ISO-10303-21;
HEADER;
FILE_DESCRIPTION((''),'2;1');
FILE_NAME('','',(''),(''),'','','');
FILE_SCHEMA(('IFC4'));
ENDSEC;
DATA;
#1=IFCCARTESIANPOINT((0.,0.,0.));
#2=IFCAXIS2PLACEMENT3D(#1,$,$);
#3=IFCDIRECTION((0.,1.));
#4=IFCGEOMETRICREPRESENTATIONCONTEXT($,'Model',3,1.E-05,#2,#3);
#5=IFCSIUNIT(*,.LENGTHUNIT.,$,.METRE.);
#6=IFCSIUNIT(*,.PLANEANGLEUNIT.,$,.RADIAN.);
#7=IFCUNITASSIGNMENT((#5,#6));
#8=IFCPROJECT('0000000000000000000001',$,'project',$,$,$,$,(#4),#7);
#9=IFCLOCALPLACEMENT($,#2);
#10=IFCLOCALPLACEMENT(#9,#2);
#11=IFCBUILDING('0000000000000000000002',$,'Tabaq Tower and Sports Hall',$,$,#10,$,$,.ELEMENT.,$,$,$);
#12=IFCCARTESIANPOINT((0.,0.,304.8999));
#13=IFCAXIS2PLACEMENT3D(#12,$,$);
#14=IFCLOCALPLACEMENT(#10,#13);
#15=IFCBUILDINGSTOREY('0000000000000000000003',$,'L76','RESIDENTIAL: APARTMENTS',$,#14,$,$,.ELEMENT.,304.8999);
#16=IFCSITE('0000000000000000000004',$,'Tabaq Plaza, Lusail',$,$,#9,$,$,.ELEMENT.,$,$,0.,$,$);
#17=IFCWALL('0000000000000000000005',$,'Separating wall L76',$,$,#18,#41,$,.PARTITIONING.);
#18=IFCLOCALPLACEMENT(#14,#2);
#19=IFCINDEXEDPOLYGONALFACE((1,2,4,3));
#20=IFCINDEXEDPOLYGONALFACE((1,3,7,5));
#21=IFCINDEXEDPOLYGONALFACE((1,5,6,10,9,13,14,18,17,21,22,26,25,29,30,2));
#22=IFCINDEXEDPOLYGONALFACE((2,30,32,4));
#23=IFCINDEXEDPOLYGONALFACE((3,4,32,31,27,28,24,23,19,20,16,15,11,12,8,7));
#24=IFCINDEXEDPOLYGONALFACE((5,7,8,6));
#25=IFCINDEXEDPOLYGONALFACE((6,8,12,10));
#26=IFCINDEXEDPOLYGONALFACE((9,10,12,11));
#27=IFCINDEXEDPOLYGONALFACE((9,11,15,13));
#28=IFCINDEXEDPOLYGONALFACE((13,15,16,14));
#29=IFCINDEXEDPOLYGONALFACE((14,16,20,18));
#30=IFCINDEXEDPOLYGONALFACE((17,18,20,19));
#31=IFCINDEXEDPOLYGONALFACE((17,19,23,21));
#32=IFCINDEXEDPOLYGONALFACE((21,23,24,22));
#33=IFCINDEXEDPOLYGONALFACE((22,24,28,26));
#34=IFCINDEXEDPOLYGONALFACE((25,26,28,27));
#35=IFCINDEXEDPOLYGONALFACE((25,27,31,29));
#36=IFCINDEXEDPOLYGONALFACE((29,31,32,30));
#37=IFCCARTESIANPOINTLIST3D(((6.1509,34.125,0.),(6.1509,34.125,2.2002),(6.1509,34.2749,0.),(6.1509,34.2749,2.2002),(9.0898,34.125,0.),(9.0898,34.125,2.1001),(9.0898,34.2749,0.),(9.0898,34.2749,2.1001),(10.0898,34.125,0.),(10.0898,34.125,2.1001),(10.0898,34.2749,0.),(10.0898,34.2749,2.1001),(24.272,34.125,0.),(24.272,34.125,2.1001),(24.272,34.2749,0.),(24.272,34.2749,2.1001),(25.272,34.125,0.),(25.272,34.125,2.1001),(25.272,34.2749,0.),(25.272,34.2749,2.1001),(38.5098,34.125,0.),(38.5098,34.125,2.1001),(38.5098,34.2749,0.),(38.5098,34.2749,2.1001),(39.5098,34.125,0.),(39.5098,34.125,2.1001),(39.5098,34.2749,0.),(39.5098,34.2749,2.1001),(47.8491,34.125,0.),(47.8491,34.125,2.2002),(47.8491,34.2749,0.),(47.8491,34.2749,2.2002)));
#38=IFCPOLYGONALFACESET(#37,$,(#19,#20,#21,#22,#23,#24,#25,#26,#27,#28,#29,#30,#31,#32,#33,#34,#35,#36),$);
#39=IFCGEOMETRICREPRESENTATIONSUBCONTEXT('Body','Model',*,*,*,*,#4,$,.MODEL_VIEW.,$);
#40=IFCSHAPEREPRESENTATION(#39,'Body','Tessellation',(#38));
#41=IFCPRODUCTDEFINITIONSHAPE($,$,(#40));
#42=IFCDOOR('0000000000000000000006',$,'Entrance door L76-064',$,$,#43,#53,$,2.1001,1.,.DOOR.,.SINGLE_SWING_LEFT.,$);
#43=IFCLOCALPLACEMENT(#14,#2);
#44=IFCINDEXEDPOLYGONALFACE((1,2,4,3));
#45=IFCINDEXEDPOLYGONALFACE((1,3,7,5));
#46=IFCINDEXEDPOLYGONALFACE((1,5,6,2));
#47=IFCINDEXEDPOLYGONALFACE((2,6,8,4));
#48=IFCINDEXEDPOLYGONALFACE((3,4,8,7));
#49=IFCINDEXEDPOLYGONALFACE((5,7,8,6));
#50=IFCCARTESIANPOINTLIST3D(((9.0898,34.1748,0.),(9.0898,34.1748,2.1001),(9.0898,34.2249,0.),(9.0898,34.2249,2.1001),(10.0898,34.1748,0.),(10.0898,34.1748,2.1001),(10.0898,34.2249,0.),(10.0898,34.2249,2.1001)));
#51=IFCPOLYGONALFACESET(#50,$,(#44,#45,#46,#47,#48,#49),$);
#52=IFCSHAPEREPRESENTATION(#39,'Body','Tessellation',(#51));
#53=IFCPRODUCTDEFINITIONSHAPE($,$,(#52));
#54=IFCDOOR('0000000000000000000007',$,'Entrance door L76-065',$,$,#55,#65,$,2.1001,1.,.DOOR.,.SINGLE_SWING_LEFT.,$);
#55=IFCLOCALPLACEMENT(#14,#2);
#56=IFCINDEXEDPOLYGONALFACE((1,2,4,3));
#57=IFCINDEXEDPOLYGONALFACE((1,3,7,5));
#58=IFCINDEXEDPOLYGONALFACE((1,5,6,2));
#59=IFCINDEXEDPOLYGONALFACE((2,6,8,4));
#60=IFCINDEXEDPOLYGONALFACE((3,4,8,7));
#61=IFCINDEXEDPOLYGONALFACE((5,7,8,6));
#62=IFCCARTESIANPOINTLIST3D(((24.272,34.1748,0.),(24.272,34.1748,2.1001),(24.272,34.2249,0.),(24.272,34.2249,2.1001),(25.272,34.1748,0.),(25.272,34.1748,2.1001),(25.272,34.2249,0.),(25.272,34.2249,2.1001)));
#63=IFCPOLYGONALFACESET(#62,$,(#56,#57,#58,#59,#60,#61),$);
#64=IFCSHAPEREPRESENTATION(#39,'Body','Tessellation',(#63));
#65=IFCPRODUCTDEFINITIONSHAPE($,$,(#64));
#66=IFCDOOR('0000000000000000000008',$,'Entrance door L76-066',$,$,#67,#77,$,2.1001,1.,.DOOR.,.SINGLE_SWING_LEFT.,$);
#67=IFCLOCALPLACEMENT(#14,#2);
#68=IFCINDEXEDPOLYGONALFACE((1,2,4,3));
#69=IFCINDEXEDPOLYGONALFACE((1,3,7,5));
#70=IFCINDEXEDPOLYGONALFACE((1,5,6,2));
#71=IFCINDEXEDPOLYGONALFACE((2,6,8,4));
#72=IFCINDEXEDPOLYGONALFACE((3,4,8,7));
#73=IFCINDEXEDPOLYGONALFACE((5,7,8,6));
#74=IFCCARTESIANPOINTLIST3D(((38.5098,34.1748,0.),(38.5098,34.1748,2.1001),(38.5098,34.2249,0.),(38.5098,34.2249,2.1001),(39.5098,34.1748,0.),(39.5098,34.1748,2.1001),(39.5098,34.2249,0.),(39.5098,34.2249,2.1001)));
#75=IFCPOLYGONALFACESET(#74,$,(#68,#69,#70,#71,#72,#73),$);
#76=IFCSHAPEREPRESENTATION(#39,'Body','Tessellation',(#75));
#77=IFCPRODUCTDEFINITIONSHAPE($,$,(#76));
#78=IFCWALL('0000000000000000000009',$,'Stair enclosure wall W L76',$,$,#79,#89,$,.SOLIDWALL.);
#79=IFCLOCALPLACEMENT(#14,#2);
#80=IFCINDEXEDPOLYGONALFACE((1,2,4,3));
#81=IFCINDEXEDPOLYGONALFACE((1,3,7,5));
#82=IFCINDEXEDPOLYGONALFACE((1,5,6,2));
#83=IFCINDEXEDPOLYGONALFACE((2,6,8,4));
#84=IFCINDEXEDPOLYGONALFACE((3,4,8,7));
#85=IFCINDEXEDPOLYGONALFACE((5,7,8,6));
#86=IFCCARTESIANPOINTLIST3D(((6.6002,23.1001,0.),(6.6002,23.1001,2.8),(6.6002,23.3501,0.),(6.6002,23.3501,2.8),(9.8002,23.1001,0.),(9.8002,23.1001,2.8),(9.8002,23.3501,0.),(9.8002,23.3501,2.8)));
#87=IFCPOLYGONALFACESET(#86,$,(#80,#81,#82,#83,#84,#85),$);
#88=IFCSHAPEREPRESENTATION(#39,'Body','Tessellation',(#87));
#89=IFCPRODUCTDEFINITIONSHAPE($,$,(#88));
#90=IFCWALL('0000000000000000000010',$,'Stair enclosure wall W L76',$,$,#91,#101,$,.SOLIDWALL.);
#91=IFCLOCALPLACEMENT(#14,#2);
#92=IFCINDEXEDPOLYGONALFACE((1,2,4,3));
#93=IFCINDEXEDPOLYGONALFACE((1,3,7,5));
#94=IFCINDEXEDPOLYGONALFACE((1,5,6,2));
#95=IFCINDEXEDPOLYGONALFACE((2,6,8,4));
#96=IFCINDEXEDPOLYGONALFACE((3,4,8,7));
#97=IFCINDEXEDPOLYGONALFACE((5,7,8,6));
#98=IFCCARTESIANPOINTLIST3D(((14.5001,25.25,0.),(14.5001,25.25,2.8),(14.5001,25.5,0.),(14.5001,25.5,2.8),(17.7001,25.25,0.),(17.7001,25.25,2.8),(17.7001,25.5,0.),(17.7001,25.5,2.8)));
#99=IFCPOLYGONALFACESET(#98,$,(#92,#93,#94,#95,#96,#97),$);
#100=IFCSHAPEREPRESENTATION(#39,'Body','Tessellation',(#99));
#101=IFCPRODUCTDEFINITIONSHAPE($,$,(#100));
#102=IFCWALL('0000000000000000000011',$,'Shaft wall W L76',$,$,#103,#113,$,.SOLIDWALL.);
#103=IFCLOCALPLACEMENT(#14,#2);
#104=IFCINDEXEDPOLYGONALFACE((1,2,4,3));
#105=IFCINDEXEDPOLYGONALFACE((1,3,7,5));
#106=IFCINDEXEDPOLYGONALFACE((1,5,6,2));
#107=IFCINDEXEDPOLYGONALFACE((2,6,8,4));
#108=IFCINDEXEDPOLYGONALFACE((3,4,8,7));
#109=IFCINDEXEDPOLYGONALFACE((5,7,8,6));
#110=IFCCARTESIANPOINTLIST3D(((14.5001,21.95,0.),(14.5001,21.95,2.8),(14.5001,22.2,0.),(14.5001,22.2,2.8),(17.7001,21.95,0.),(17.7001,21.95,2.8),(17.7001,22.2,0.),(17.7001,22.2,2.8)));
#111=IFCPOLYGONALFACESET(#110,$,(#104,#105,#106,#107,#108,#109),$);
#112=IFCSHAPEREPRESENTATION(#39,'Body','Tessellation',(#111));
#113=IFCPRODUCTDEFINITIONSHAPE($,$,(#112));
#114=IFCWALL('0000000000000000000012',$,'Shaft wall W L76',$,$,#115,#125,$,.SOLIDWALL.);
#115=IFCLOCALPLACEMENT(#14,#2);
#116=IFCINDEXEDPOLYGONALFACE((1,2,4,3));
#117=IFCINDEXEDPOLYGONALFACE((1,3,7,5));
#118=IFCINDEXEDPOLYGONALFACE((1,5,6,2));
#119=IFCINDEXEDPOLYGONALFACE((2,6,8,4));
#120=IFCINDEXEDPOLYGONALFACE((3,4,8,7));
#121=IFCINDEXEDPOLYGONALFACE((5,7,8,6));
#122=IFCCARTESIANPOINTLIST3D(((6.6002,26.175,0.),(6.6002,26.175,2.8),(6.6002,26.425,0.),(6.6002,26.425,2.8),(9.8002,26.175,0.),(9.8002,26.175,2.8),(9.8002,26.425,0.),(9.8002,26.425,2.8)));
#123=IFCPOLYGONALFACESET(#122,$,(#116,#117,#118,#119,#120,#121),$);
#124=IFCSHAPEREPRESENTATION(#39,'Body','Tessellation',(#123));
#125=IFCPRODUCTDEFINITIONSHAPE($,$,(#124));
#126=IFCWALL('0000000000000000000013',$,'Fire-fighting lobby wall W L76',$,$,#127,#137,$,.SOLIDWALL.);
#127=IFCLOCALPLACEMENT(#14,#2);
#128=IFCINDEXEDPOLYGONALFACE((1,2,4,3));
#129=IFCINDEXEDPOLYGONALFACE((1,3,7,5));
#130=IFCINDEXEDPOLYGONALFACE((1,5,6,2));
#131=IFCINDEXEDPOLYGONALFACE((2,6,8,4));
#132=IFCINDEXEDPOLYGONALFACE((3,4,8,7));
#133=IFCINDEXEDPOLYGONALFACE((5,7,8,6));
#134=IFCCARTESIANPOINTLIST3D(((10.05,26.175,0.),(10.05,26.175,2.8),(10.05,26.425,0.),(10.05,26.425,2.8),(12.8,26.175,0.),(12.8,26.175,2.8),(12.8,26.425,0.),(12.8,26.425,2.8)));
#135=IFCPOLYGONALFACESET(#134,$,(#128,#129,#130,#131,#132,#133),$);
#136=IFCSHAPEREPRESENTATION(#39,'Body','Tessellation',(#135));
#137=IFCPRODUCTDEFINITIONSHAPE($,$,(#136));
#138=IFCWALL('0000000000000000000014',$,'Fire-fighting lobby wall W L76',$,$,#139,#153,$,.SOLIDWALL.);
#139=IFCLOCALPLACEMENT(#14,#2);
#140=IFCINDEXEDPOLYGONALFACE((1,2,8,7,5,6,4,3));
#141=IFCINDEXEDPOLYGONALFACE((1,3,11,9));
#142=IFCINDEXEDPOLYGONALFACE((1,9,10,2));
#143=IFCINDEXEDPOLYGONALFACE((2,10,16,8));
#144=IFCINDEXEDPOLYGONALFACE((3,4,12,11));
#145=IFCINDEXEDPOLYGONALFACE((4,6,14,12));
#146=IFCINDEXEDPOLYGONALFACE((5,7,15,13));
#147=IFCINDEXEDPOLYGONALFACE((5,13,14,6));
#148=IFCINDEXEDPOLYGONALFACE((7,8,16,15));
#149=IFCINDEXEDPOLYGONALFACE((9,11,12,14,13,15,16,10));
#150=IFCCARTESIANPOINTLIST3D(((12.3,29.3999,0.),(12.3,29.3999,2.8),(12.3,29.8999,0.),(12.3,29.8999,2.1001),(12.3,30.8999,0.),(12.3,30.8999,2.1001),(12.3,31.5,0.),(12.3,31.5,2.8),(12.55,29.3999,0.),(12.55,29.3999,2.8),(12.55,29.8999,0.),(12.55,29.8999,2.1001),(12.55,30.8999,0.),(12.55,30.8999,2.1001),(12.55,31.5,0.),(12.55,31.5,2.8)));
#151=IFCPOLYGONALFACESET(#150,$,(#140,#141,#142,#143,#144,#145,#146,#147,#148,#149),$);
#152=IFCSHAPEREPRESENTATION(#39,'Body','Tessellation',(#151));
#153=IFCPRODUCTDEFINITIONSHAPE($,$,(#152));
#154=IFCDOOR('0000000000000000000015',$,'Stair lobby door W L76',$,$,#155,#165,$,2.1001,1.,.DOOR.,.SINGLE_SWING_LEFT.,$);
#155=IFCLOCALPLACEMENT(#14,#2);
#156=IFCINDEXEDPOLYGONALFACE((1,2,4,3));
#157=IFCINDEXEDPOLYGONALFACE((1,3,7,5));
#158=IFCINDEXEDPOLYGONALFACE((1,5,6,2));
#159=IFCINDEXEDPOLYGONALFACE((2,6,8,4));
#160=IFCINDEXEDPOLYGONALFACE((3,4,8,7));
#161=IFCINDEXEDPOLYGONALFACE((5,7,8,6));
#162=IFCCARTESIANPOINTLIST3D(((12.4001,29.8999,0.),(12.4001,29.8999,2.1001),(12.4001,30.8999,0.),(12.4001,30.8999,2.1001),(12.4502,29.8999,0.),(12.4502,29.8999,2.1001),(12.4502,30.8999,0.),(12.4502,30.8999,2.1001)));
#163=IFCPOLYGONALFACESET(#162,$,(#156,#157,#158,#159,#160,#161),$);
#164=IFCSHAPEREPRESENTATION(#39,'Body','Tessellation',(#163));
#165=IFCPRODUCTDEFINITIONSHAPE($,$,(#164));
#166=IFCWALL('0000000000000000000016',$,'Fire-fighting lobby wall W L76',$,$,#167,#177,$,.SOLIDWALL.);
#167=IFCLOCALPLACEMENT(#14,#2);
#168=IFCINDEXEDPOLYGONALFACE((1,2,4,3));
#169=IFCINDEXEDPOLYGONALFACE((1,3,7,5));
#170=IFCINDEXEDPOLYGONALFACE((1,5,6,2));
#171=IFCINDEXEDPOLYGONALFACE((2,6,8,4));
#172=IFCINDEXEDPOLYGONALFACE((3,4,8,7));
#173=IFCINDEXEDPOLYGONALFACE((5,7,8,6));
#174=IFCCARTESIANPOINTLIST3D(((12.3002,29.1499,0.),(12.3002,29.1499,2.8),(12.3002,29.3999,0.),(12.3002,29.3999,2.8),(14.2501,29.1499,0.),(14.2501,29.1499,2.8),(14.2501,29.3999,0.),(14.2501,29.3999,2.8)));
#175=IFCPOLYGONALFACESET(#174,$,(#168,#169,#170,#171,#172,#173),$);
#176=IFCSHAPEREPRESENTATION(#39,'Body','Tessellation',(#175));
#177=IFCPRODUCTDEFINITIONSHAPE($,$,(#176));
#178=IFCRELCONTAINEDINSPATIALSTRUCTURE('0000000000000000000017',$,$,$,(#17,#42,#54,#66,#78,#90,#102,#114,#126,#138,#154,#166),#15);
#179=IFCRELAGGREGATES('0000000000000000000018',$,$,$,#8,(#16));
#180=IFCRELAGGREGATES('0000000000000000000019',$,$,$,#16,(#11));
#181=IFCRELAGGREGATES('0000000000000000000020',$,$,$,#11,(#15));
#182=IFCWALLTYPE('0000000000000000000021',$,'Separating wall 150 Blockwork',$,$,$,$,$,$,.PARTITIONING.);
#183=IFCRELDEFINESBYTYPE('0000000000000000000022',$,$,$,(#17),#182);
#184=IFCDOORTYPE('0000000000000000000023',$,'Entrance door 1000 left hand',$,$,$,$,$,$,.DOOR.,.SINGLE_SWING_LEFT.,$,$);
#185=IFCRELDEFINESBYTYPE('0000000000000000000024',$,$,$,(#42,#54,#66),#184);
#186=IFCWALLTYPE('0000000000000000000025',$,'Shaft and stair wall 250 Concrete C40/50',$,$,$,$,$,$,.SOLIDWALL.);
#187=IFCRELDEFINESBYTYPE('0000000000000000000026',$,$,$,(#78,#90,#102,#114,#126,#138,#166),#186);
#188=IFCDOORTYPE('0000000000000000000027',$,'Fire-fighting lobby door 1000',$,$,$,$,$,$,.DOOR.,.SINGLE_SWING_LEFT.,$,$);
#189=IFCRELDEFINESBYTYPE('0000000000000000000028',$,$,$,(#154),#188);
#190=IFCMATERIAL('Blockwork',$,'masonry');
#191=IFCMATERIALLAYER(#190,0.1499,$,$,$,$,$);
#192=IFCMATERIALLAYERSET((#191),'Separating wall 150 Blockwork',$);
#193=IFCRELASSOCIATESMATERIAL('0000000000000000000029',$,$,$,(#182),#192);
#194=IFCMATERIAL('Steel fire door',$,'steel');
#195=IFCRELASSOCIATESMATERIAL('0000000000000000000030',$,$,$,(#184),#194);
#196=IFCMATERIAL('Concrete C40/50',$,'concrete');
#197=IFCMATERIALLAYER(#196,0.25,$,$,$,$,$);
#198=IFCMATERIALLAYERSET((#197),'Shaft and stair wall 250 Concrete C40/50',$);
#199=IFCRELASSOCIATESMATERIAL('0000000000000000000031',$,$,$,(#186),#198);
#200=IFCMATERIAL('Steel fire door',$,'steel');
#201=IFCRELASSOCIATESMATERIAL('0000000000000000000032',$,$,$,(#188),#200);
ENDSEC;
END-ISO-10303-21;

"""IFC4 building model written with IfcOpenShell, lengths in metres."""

from ifc_helpers import new_model, si_unit, direction, frame, frame_2d, origin, place, context, subcontext, project, spatial, rectangle, extrude, material, layer, layer_set, type_object, element, fill, save


model = new_model("IFC4")

# Units and contexts
model_context = context("Model", 3, precision=1e-05, world=origin(), true_north=direction((0.0, 1.0)))
body_context = subcontext(model_context, "Body", "Model", "MODEL_VIEW")
ifc_project = project(units=[si_unit("LENGTHUNIT", "METRE"), si_unit("PLANEANGLEUNIT", "RADIAN")], contexts=[model_context])

# Site, building, storey
site_placement = place(None, origin())
site = spatial("IfcSite", under=ifc_project, at=site_placement, Name="Tabaq Plaza, Lusail", CompositionType="ELEMENT", RefElevation=0.0)
building_placement = place(site_placement, origin())
building = spatial("IfcBuilding", under=site, at=building_placement, Name="Tabaq Tower and Sports Hall", CompositionType="ELEMENT")
storey_placement = place(building_placement, frame((0.0, 0.0, 304.8999)))
storey = spatial("IfcBuildingStorey", under=building, at=storey_placement, Name="L76", Description="RESIDENTIAL: APARTMENTS", CompositionType="ELEMENT", Elevation=304.8999)

# Wall, openings, doors
ifc_material_1 = material(Name="Blockwork", Category="masonry")
ifc_layer_1 = layer(ifc_material_1, 0.1499)
ifc_layer_set_1 = layer_set([ifc_layer_1], Name="Separating wall 150 Blockwork")
wall_type_1 = type_object("IfcWallType", Name="Separating wall 150 Blockwork", PredefinedType="PARTITIONING", material=ifc_layer_set_1)
wall_1_placement = place(storey_placement, frame((6.1509, 34.2, 0.0), z_axis=(0.0, 0.0, 1.0), x_axis=(1.0, 0.0, 0.0)))
wall_1 = element("IfcWall", 1, at=wall_1_placement, inside=storey, type_object=wall_type_1, Name="Separating wall L76", PredefinedType="PARTITIONING", context=body_context, shape_type="SweptSolid", body=[
    extrude(rectangle(XDim=41.6982, YDim=0.1499, at=frame_2d((20.8491, 0.0))), origin(), (0.0, 0.0, 1.0), 2.2002),
])
opening_1_placement = place(wall_1_placement, frame((2.939, 0.0, 0.0)))
opening_1 = element("IfcOpeningElement", 2, at=opening_1_placement, cuts=wall_1, PredefinedType="OPENING", context=body_context, shape_type="SweptSolid", body=[
    extrude(rectangle(XDim=1.0, YDim=2.1001, at=frame_2d((0.5, 1.05))), frame((0.0, 0.075, 0.0), z_axis=(0.0, -1.0, 0.0), x_axis=(1.0, 0.0, 0.0)), (0.0, 0.0, 1.0), 0.1499),
])
opening_2_placement = place(wall_1_placement, frame((18.1211, 0.0, 0.0)))
opening_2 = element("IfcOpeningElement", 3, at=opening_2_placement, cuts=wall_1, PredefinedType="OPENING", context=body_context, shape_type="SweptSolid", body=[
    extrude(rectangle(XDim=1.0, YDim=2.1001, at=frame_2d((0.5, 1.05))), frame((0.0, 0.075, 0.0), z_axis=(0.0, -1.0, 0.0), x_axis=(1.0, 0.0, 0.0)), (0.0, 0.0, 1.0), 0.1499),
])
opening_3_placement = place(wall_1_placement, frame((32.3589, 0.0, 0.0)))
opening_3 = element("IfcOpeningElement", 4, at=opening_3_placement, cuts=wall_1, PredefinedType="OPENING", context=body_context, shape_type="SweptSolid", body=[
    extrude(rectangle(XDim=1.0, YDim=2.1001, at=frame_2d((0.5, 1.05))), frame((0.0, 0.075, 0.0), z_axis=(0.0, -1.0, 0.0), x_axis=(1.0, 0.0, 0.0)), (0.0, 0.0, 1.0), 0.1499),
])
ifc_material_2 = material(Name="Steel fire door", Category="steel")
door_type_1 = type_object("IfcDoorType", Name="Entrance door 1000 left hand", OperationType="SINGLE_SWING_LEFT", PredefinedType="DOOR", material=ifc_material_2)
door_1_placement = place(opening_1_placement, origin())
door_1 = element("IfcDoor", 5, at=door_1_placement, inside=storey, type_object=door_type_1, Name="Entrance door L76-064", OperationType="SINGLE_SWING_LEFT", OverallHeight=2.1001, OverallWidth=1.0, PredefinedType="DOOR", context=body_context, shape_type="SweptSolid", body=[
    extrude(rectangle(XDim=1.0, YDim=2.1001, at=frame_2d((0.5, 1.05))), frame((0.0, 0.0249, 0.0), z_axis=(0.0, -1.0, 0.0), x_axis=(1.0, 0.0, 0.0)), (0.0, 0.0, 1.0), 0.05),
])
fill(opening_1, door_1)
door_2_placement = place(opening_2_placement, origin())
door_2 = element("IfcDoor", 6, at=door_2_placement, inside=storey, type_object=door_type_1, Name="Entrance door L76-065", OperationType="SINGLE_SWING_LEFT", OverallHeight=2.1001, OverallWidth=1.0, PredefinedType="DOOR", context=body_context, shape_type="SweptSolid", body=[
    extrude(rectangle(XDim=1.0, YDim=2.1001, at=frame_2d((0.5, 1.05))), frame((0.0, 0.0249, 0.0), z_axis=(0.0, -1.0, 0.0), x_axis=(1.0, 0.0, 0.0)), (0.0, 0.0, 1.0), 0.05),
])
fill(opening_2, door_2)
door_3_placement = place(opening_3_placement, origin())
door_3 = element("IfcDoor", 7, at=door_3_placement, inside=storey, type_object=door_type_1, Name="Entrance door L76-066", OperationType="SINGLE_SWING_LEFT", OverallHeight=2.1001, OverallWidth=1.0, PredefinedType="DOOR", context=body_context, shape_type="SweptSolid", body=[
    extrude(rectangle(XDim=1.0, YDim=2.1001, at=frame_2d((0.5, 1.05))), frame((0.0, 0.0249, 0.0), z_axis=(0.0, -1.0, 0.0), x_axis=(1.0, 0.0, 0.0)), (0.0, 0.0, 1.0), 0.05),
])
fill(opening_3, door_3)

# Walls
ifc_material_3 = material(Name="Concrete C40/50", Category="concrete")
ifc_layer_2 = layer(ifc_material_3, 0.25)
ifc_layer_set_2 = layer_set([ifc_layer_2], Name="Shaft and stair wall 250 Concrete C40/50")
wall_type_2 = type_object("IfcWallType", Name="Shaft and stair wall 250 Concrete C40/50", PredefinedType="SOLIDWALL", material=ifc_layer_set_2)
for number, where, z_axis, x_axis, name in (
    (8, (6.6001, 23.2251, 0.0), (0.0, 0.0, 1.0), (1.0, 0.0, 0.0), "Stair enclosure wall W L76"),
    (9, (14.5, 25.375, 0.0), (0.0, 0.0, 1.0), (1.0, 0.0, 0.0), "Stair enclosure wall W L76"),
    (10, (14.5, 22.075, 0.0), (0.0, 0.0, 1.0), (1.0, 0.0, 0.0), "Shaft wall W L76"),
    (11, (6.6001, 26.3, 0.0), (0.0, 0.0, 1.0), (1.0, 0.0, 0.0), "Shaft wall W L76"),
):
    element("IfcWall", number, at=place(storey_placement, frame(where, z_axis=z_axis, x_axis=x_axis)), inside=storey, type_object=wall_type_2, Name=name, PredefinedType="SOLIDWALL", context=body_context, shape_type="SweptSolid", body=[
        extrude(rectangle(XDim=3.2, YDim=0.25, at=frame_2d((1.6001, 0.0))), origin(), (0.0, 0.0, 1.0), 2.8),
    ])
wall_2_placement = place(storey_placement, frame((10.05, 26.3, 0.0), z_axis=(0.0, 0.0, 1.0), x_axis=(1.0, 0.0, 0.0)))
element("IfcWall", 12, at=wall_2_placement, inside=storey, type_object=wall_type_2, Name="Fire-fighting lobby wall W L76", PredefinedType="SOLIDWALL", context=body_context, shape_type="SweptSolid", body=[
    extrude(rectangle(XDim=2.75, YDim=0.25, at=frame_2d((1.375, 0.0))), origin(), (0.0, 0.0, 1.0), 2.8),
])

# Wall, opening, door
wall_3_placement = place(storey_placement, frame((12.425, 29.3999, 0.0), z_axis=(0.0, 0.0, 1.0), x_axis=(0.0, 1.0, 0.0)))
wall_3 = element("IfcWall", 13, at=wall_3_placement, inside=storey, type_object=wall_type_2, Name="Fire-fighting lobby wall W L76", PredefinedType="SOLIDWALL", context=body_context, shape_type="SweptSolid", body=[
    extrude(rectangle(XDim=2.1001, YDim=0.25, at=frame_2d((1.05, 0.0))), origin(), (0.0, 0.0, 1.0), 2.8),
])
opening_4_placement = place(wall_3_placement, frame((0.5, 0.0, 0.0)))
opening_4 = element("IfcOpeningElement", 14, at=opening_4_placement, cuts=wall_3, PredefinedType="OPENING", context=body_context, shape_type="SweptSolid", body=[
    extrude(rectangle(XDim=1.0, YDim=2.1001, at=frame_2d((0.5, 1.05))), frame((0.0, 0.125, 0.0), z_axis=(0.0, -1.0, 0.0), x_axis=(1.0, 0.0, 0.0)), (0.0, 0.0, 1.0), 0.25),
])
ifc_material_4 = material(Name="Steel fire door", Category="steel")
door_type_2 = type_object("IfcDoorType", Name="Fire-fighting lobby door 1000", OperationType="SINGLE_SWING_LEFT", PredefinedType="DOOR", material=ifc_material_4)
door_4_placement = place(opening_4_placement, origin())
door_4 = element("IfcDoor", 15, at=door_4_placement, inside=storey, type_object=door_type_2, Name="Stair lobby door W L76", OperationType="SINGLE_SWING_LEFT", OverallHeight=2.1001, OverallWidth=1.0, PredefinedType="DOOR", context=body_context, shape_type="SweptSolid", body=[
    extrude(rectangle(XDim=1.0, YDim=2.1001, at=frame_2d((0.5, 1.05))), frame((0.0, 0.0249, 0.0), z_axis=(0.0, -1.0, 0.0), x_axis=(1.0, 0.0, 0.0)), (0.0, 0.0, 1.0), 0.05),
])
fill(opening_4, door_4)

# Wall
wall_4_placement = place(storey_placement, frame((12.3, 29.2749, 0.0), z_axis=(0.0, 0.0, 1.0), x_axis=(1.0, 0.0, 0.0)))
element("IfcWall", 16, at=wall_4_placement, inside=storey, type_object=wall_type_2, Name="Fire-fighting lobby wall W L76", PredefinedType="SOLIDWALL", context=body_context, shape_type="SweptSolid", body=[
    extrude(rectangle(XDim=1.95, YDim=0.25, at=frame_2d((0.9751, 0.0))), origin(), (0.0, 0.0, 1.0), 2.8),
])

save(model, "model.ifc")
